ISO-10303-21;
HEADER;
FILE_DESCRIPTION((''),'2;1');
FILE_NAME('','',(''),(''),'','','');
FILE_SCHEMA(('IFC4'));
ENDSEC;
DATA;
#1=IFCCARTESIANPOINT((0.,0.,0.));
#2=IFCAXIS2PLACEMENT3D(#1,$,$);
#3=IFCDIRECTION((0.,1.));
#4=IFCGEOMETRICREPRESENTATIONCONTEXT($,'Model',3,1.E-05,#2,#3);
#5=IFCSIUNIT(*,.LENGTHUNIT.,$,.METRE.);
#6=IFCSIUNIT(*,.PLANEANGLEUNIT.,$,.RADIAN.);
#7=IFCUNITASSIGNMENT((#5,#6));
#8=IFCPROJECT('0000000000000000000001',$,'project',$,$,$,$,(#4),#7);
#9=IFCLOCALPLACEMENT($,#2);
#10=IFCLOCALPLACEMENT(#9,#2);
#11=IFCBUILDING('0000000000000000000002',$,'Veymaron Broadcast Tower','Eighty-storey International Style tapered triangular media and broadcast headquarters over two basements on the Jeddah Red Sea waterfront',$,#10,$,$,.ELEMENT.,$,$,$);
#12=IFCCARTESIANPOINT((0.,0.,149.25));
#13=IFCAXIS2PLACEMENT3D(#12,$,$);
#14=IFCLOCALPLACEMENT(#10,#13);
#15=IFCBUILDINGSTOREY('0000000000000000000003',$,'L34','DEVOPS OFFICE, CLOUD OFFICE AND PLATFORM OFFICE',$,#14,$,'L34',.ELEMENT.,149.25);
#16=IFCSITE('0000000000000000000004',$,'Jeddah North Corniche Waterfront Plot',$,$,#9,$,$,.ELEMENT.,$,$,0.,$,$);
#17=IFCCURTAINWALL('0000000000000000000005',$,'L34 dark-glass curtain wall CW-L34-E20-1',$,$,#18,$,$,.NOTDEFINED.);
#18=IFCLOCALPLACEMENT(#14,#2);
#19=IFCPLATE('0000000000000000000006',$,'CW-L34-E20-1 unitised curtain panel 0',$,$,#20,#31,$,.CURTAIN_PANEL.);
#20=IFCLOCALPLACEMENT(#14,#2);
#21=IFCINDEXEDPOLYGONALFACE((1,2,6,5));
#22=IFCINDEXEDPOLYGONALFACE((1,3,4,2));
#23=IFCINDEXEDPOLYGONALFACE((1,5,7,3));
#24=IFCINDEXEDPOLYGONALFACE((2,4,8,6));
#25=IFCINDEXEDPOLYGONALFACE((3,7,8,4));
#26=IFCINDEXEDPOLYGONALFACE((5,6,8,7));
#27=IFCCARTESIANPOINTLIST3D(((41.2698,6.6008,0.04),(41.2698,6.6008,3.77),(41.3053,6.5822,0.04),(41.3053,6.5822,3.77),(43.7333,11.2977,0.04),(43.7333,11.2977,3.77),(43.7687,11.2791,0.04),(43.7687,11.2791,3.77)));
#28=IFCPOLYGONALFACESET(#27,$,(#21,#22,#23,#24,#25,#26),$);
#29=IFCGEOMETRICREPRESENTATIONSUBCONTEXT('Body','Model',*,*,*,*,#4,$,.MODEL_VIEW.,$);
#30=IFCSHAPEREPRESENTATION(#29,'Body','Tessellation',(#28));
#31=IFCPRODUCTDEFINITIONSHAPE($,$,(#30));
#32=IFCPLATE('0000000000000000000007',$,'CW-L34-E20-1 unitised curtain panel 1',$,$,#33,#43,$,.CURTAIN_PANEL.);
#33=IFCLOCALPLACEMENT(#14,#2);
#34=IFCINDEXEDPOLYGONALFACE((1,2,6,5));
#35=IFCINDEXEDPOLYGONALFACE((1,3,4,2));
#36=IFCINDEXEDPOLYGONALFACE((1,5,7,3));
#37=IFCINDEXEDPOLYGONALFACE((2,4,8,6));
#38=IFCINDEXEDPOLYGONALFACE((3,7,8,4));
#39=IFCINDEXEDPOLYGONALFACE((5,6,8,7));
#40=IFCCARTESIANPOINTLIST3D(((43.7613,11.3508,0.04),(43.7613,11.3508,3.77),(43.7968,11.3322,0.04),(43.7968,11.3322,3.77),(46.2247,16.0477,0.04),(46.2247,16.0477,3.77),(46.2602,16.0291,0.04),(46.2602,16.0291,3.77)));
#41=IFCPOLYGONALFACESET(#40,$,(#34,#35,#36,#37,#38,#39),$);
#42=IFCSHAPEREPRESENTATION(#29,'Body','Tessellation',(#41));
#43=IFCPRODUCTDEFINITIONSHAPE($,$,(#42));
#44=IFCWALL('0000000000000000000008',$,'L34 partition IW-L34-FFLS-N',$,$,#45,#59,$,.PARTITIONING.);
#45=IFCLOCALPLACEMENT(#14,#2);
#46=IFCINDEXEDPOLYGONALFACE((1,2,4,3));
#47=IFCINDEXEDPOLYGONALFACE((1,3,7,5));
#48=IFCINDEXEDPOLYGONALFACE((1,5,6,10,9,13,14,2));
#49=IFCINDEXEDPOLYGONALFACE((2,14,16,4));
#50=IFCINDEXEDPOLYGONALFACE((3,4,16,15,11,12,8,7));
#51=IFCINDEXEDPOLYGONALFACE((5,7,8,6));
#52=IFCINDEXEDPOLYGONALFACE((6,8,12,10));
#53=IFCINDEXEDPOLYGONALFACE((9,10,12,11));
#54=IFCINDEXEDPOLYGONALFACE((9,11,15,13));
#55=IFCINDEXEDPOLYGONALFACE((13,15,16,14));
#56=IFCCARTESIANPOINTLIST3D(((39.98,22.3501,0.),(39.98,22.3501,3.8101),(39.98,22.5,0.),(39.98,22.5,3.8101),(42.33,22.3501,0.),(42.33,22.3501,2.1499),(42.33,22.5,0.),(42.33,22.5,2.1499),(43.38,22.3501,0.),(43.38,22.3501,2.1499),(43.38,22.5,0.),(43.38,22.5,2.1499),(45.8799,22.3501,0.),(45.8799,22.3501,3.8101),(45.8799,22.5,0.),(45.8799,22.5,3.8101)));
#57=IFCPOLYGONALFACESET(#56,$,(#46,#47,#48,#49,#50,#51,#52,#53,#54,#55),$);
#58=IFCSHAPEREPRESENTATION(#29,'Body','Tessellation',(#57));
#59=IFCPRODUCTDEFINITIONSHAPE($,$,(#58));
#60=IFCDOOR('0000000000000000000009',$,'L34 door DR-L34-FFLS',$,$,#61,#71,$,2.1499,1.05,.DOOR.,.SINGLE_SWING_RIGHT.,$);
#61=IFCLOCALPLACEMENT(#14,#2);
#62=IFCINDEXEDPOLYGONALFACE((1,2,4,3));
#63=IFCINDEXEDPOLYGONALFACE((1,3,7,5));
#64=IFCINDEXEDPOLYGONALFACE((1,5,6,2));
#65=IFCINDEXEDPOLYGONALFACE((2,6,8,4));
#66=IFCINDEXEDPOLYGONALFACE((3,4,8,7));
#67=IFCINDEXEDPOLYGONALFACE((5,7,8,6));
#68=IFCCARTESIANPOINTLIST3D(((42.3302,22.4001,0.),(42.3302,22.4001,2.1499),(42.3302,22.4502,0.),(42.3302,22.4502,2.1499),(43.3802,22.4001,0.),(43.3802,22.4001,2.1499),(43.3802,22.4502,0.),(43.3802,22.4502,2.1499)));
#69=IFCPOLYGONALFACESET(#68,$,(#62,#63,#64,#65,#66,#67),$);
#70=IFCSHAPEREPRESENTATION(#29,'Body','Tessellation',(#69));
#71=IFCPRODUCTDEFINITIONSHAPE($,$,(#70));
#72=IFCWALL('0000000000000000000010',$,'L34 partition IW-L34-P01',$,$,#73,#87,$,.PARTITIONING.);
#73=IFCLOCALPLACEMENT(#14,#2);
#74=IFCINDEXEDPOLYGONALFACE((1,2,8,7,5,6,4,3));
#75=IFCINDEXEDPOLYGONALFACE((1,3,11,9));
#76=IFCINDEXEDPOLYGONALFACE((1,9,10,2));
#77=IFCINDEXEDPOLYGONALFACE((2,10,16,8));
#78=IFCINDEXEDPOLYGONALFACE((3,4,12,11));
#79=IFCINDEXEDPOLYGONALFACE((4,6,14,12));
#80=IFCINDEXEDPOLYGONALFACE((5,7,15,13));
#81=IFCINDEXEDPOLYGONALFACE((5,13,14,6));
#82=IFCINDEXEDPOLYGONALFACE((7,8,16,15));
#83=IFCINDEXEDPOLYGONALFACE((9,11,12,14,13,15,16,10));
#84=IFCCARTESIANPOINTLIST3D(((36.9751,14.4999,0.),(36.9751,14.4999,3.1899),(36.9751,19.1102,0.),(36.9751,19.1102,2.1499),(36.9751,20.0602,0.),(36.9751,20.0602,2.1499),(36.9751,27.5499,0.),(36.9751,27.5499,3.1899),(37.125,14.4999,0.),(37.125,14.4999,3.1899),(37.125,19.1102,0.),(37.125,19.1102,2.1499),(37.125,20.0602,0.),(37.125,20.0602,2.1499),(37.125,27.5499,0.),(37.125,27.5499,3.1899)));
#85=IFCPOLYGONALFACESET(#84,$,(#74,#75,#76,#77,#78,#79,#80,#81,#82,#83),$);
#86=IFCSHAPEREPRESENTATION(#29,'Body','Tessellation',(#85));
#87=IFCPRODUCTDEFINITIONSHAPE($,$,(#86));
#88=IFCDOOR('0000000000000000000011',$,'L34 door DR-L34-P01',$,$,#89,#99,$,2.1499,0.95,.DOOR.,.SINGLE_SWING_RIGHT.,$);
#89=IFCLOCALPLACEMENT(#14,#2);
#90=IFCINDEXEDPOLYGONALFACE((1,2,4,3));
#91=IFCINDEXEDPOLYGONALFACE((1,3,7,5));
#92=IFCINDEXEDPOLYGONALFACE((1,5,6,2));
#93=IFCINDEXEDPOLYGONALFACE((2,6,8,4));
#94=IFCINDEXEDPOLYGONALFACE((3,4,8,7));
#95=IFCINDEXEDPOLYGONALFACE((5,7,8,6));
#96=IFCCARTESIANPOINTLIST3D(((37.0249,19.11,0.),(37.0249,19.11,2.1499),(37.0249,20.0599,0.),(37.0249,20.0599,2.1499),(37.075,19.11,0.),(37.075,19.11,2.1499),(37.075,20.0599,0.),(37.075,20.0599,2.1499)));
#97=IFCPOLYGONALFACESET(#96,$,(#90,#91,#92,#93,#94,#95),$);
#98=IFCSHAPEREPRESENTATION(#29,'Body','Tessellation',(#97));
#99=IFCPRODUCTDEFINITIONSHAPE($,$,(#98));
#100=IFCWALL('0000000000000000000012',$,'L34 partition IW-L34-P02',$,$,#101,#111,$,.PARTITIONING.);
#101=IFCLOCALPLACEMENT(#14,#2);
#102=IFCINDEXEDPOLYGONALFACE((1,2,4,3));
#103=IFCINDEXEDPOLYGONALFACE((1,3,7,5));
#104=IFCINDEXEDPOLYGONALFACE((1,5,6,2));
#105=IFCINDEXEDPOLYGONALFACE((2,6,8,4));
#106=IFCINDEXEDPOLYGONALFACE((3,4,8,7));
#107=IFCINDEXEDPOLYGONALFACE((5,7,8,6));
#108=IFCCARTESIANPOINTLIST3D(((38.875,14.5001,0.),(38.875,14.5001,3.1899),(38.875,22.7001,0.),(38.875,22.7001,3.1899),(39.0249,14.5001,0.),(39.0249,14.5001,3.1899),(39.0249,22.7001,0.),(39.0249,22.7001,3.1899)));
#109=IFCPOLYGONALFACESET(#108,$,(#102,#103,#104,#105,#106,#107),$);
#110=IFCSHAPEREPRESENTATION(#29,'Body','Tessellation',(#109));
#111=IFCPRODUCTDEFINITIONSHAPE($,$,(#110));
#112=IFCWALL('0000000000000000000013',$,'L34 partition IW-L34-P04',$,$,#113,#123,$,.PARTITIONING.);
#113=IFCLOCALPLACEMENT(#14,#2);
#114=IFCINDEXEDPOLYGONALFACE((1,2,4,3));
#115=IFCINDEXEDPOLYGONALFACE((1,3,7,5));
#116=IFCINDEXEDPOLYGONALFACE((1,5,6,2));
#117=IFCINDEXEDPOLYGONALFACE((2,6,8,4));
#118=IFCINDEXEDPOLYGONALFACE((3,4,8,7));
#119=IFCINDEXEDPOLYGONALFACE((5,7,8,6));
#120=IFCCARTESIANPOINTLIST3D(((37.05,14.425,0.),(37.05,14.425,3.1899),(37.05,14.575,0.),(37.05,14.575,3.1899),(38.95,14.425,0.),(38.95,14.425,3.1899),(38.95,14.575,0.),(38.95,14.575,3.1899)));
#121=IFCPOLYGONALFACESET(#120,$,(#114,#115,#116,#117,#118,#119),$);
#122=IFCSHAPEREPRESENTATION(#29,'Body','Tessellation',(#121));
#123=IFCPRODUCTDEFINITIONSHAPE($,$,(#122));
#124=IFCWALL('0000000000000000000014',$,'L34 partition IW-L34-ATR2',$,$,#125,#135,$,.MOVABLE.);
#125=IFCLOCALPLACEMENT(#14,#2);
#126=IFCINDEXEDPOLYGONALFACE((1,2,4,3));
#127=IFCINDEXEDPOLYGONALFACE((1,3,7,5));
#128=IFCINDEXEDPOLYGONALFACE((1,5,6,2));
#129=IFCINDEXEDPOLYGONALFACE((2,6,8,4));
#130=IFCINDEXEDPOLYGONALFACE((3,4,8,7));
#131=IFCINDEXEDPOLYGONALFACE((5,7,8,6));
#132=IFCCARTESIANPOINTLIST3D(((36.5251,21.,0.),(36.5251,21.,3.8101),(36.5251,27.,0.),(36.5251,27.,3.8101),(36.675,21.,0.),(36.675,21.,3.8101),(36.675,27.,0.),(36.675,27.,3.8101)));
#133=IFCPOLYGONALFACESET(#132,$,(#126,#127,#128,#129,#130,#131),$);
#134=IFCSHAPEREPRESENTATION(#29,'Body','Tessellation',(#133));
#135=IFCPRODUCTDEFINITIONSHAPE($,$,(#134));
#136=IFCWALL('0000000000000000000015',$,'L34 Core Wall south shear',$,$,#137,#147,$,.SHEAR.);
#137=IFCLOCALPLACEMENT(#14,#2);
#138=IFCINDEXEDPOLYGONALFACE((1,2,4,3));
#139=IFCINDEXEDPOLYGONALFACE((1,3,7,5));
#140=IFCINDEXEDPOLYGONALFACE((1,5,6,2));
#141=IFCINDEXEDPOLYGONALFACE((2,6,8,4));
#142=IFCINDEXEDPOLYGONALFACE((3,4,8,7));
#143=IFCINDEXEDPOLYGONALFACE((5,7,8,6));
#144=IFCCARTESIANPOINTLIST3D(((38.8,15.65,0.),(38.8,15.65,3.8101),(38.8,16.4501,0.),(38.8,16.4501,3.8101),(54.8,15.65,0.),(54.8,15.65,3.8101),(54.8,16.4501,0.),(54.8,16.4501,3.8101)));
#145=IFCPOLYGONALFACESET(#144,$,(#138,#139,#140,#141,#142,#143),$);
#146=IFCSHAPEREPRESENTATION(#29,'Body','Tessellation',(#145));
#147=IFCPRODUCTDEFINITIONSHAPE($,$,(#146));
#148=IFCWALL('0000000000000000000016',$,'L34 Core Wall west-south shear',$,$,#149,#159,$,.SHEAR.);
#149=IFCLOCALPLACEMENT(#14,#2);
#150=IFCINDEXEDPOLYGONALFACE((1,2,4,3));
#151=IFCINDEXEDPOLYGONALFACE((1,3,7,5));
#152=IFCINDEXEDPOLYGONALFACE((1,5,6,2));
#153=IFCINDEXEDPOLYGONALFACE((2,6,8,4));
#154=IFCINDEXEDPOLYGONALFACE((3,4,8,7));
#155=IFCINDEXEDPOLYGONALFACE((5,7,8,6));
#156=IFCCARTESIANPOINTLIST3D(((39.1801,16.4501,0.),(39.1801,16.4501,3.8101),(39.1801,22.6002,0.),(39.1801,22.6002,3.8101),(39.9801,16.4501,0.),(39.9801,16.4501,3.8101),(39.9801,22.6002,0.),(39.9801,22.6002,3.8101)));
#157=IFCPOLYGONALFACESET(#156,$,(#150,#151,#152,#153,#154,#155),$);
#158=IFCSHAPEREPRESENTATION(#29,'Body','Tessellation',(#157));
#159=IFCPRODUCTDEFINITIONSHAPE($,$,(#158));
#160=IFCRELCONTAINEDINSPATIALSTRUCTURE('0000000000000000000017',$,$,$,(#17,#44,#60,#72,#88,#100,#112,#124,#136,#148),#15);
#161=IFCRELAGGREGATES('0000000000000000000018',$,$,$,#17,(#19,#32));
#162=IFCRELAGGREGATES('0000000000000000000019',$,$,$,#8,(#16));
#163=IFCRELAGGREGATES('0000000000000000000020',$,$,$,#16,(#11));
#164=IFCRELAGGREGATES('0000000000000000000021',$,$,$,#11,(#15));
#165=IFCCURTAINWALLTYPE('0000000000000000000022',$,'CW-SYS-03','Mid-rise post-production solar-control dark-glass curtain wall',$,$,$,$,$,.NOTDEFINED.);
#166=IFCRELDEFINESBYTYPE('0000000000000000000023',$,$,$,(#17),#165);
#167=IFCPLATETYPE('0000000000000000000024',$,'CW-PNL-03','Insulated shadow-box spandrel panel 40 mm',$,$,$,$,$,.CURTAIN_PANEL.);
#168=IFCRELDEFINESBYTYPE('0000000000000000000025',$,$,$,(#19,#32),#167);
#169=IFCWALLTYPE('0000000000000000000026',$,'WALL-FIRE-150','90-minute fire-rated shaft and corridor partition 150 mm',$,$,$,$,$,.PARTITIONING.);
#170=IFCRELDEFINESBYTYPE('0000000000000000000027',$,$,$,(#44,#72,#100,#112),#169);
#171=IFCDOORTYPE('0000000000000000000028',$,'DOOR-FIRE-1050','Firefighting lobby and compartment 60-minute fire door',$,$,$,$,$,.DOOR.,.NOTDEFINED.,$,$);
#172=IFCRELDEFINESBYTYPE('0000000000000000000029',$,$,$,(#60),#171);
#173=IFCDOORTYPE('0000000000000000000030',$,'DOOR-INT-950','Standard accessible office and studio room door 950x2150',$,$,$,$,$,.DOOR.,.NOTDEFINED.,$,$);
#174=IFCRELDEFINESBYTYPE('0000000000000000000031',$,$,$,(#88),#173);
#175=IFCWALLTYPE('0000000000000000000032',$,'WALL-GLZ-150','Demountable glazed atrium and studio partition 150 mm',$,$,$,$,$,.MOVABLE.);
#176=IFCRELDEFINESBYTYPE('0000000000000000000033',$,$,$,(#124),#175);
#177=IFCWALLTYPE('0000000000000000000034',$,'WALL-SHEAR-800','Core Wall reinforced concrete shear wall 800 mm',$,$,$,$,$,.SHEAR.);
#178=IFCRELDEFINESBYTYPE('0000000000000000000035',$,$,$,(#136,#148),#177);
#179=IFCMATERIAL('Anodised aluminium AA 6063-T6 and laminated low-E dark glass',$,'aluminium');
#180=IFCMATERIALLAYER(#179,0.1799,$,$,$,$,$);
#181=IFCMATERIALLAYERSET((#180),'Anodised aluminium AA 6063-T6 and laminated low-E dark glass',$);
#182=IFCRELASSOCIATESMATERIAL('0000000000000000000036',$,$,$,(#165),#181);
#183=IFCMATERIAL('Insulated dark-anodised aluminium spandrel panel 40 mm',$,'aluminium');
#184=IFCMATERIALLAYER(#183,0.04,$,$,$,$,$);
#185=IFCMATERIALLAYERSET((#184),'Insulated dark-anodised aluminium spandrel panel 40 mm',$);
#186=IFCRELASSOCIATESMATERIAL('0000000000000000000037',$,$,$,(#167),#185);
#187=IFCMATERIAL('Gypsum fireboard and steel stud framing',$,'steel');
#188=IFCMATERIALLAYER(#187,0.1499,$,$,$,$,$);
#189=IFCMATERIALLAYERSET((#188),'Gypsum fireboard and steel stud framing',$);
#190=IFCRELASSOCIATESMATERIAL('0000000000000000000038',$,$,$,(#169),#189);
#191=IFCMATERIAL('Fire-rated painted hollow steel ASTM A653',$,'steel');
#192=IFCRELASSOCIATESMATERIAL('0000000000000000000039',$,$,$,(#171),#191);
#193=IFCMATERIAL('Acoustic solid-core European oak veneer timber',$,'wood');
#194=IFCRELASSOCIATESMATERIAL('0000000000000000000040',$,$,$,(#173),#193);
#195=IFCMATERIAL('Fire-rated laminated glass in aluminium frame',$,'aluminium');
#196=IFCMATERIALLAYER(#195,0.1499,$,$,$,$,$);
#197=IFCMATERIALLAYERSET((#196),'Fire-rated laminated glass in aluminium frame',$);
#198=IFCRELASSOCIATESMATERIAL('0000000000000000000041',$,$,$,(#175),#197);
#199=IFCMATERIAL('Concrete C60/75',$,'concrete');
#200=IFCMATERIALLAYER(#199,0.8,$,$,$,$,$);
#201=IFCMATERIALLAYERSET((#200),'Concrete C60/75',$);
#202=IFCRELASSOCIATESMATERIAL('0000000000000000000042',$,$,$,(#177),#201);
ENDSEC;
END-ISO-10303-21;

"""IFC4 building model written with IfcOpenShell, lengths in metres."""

from ifc_helpers import new_model, si_unit, direction, frame, frame_2d, origin, origin_2d, place, context, subcontext, project, spatial, rectangle, extrude, material, layer, layer_set, type_object, element, fill, aggregate, save


model = new_model("IFC4")

# Units and contexts
model_context = context("Model", 3, precision=1e-05, world=origin(), true_north=direction((0.0, 1.0)))
body_context = subcontext(model_context, "Body", "Model", "MODEL_VIEW")
ifc_project = project(units=[si_unit("LENGTHUNIT", "METRE"), si_unit("PLANEANGLEUNIT", "RADIAN")], contexts=[model_context])

# Site, building, storey
site_placement = place(None, origin())
site = spatial("IfcSite", under=ifc_project, at=site_placement, Name="Jeddah North Corniche Waterfront Plot", CompositionType="ELEMENT", RefElevation=0.0)
building_placement = place(site_placement, origin())
building = spatial("IfcBuilding", under=site, at=building_placement, Name="Veymaron Broadcast Tower", Description="Eighty-storey International Style tapered triangular media and broadcast headquarters over two basements on the Jeddah Red Sea waterfront", CompositionType="ELEMENT")
storey_placement = place(building_placement, frame((0.0, 0.0, 149.25)))
storey = spatial("IfcBuildingStorey", under=building, at=storey_placement, Name="L34", Description="DEVOPS OFFICE, CLOUD OFFICE AND PLATFORM OFFICE", LongName="L34", CompositionType="ELEMENT", Elevation=149.25)

# Curtain wall, plates
ifc_material_1 = material(Name="Anodised aluminium AA 6063-T6 and laminated low-E dark glass", Category="aluminium")
ifc_layer_1 = layer(ifc_material_1, 0.1799)
ifc_layer_set_1 = layer_set([ifc_layer_1], Name="Anodised aluminium AA 6063-T6 and laminated low-E dark glass")
curtain_wall_type = type_object("IfcCurtainWallType", Name="CW-SYS-03", Description="Mid-rise post-production solar-control dark-glass curtain wall", PredefinedType="NOTDEFINED", material=ifc_layer_set_1)
curtain_wall_placement = place(storey_placement, origin())
curtain_wall = element("IfcCurtainWall", 1, at=curtain_wall_placement, inside=storey, type_object=curtain_wall_type, Name="L34 dark-glass curtain wall CW-L34-E20-1", PredefinedType="NOTDEFINED")
ifc_material_2 = material(Name="Insulated dark-anodised aluminium spandrel panel 40 mm", Category="aluminium")
ifc_layer_2 = layer(ifc_material_2, 0.04)
ifc_layer_set_2 = layer_set([ifc_layer_2], Name="Insulated dark-anodised aluminium spandrel panel 40 mm")
plate_type = type_object("IfcPlateType", Name="CW-PNL-03", Description="Insulated shadow-box spandrel panel 40 mm", PredefinedType="CURTAIN_PANEL", material=ifc_layer_set_2)
plate_1_placement = place(storey_placement, frame((42.5193, 8.9399, 0.04), z_axis=(0.0, 0.0, 1.0), x_axis=(0.464471, 0.885588, 0.0)))
plate_1 = element("IfcPlate", 2, at=plate_1_placement, type_object=plate_type, Name="CW-L34-E20-1 unitised curtain panel 0", PredefinedType="CURTAIN_PANEL", context=body_context, shape_type="SweptSolid", body=[
    extrude(rectangle(XDim=5.3037, YDim=0.04, at=origin_2d()), origin(), (0.0, 0.0, 1.0), 3.73),
])
plate_2_placement = place(storey_placement, frame((45.0107, 13.6899, 0.04), z_axis=(0.0, 0.0, 1.0), x_axis=(0.464471, 0.885588, 0.0)))
plate_2 = element("IfcPlate", 3, at=plate_2_placement, type_object=plate_type, Name="CW-L34-E20-1 unitised curtain panel 1", PredefinedType="CURTAIN_PANEL", context=body_context, shape_type="SweptSolid", body=[
    extrude(rectangle(XDim=5.3037, YDim=0.04, at=origin_2d()), origin(), (0.0, 0.0, 1.0), 3.73),
])
aggregate(curtain_wall, [plate_1, plate_2])

# Walls, openings, doors
ifc_material_3 = material(Name="Gypsum fireboard and steel stud framing", Category="steel")
ifc_layer_3 = layer(ifc_material_3, 0.1499)
ifc_layer_set_3 = layer_set([ifc_layer_3], Name="Gypsum fireboard and steel stud framing")
wall_type_1 = type_object("IfcWallType", Name="WALL-FIRE-150", Description="90-minute fire-rated shaft and corridor partition 150 mm", PredefinedType="PARTITIONING", material=ifc_layer_set_3)
wall_1_placement = place(storey_placement, frame((39.98, 22.425, 0.0), z_axis=(0.0, 0.0, 1.0), x_axis=(1.0, 0.0, 0.0)))
wall_1 = element("IfcWall", 4, at=wall_1_placement, inside=storey, type_object=wall_type_1, Name="L34 partition IW-L34-FFLS-N", PredefinedType="PARTITIONING", context=body_context, shape_type="SweptSolid", body=[
    extrude(rectangle(XDim=5.8999, YDim=0.1499, at=frame_2d((2.95, 0.0))), origin(), (0.0, 0.0, 1.0), 3.8101),
])
opening_1_placement = place(wall_1_placement, frame((2.3501, 0.0, 0.0)))
opening_1 = element("IfcOpeningElement", 5, at=opening_1_placement, cuts=wall_1, PredefinedType="OPENING", context=body_context, shape_type="SweptSolid", body=[
    extrude(rectangle(XDim=1.05, YDim=2.1499, at=frame_2d((0.5249, 1.075))), frame((0.0, 0.085, 0.0), z_axis=(0.0, -1.0, 0.0), x_axis=(1.0, 0.0, 0.0)), (0.0, 0.0, 1.0), 0.1699),
])
ifc_material_4 = material(Name="Fire-rated painted hollow steel ASTM A653", Category="steel")
door_type_1 = type_object("IfcDoorType", Name="DOOR-FIRE-1050", Description="Firefighting lobby and compartment 60-minute fire door", OperationType="NOTDEFINED", PredefinedType="DOOR", material=ifc_material_4)
door_1_placement = place(opening_1_placement, frame((1.05, 0.0, 0.0), z_axis=(0.0, 0.0, 1.0), x_axis=(-1.0, 0.0, 0.0)))
door_1 = element("IfcDoor", 6, at=door_1_placement, inside=storey, type_object=door_type_1, Name="L34 door DR-L34-FFLS", OperationType="SINGLE_SWING_RIGHT", OverallHeight=2.1499, OverallWidth=1.05, PredefinedType="DOOR", context=body_context, shape_type="SweptSolid", body=[
    extrude(rectangle(XDim=1.05, YDim=2.1499, at=frame_2d((0.5249, 1.075))), frame((0.0, 0.0249, 0.0), z_axis=(0.0, -1.0, 0.0), x_axis=(1.0, 0.0, 0.0)), (0.0, 0.0, 1.0), 0.05),
])
fill(opening_1, door_1)
wall_2_placement = place(storey_placement, frame((37.05, 14.5, 0.0), z_axis=(0.0, 0.0, 1.0), x_axis=(0.0, 1.0, 0.0)))
wall_2 = element("IfcWall", 7, at=wall_2_placement, inside=storey, type_object=wall_type_1, Name="L34 partition IW-L34-P01", PredefinedType="PARTITIONING", context=body_context, shape_type="SweptSolid", body=[
    extrude(rectangle(XDim=13.05, YDim=0.1499, at=frame_2d((6.5249, 0.0))), origin(), (0.0, 0.0, 1.0), 3.1899),
])
opening_2_placement = place(wall_2_placement, frame((4.6101, 0.0, 0.0)))
opening_2 = element("IfcOpeningElement", 8, at=opening_2_placement, cuts=wall_2, PredefinedType="OPENING", context=body_context, shape_type="SweptSolid", body=[
    extrude(rectangle(XDim=0.95, YDim=2.1499, at=frame_2d((0.4751, 1.075))), frame((0.0, 0.085, 0.0), z_axis=(0.0, -1.0, 0.0), x_axis=(1.0, 0.0, 0.0)), (0.0, 0.0, 1.0), 0.1699),
])
ifc_material_5 = material(Name="Acoustic solid-core European oak veneer timber", Category="wood")
door_type_2 = type_object("IfcDoorType", Name="DOOR-INT-950", Description="Standard accessible office and studio room door 950x2150", OperationType="NOTDEFINED", PredefinedType="DOOR", material=ifc_material_5)
door_2_placement = place(opening_2_placement, frame((0.95, 0.0, 0.0), z_axis=(0.0, 0.0, 1.0), x_axis=(-1.0, 0.0, 0.0)))
door_2 = element("IfcDoor", 9, at=door_2_placement, inside=storey, type_object=door_type_2, Name="L34 door DR-L34-P01", OperationType="SINGLE_SWING_RIGHT", OverallHeight=2.1499, OverallWidth=0.95, PredefinedType="DOOR", context=body_context, shape_type="SweptSolid", body=[
    extrude(rectangle(XDim=0.95, YDim=2.1499, at=frame_2d((0.4751, 1.075))), frame((0.0, 0.0249, 0.0), z_axis=(0.0, -1.0, 0.0), x_axis=(1.0, 0.0, 0.0)), (0.0, 0.0, 1.0), 0.05),
])
fill(opening_2, door_2)

# Walls
wall_3_placement = place(storey_placement, frame((38.95, 14.5, 0.0), z_axis=(0.0, 0.0, 1.0), x_axis=(0.0, 1.0, 0.0)))
element("IfcWall", 10, at=wall_3_placement, inside=storey, type_object=wall_type_1, Name="L34 partition IW-L34-P02", PredefinedType="PARTITIONING", context=body_context, shape_type="SweptSolid", body=[
    extrude(rectangle(XDim=8.2, YDim=0.1499, at=frame_2d((4.1001, 0.0))), origin(), (0.0, 0.0, 1.0), 3.1899),
])
wall_4_placement = place(storey_placement, frame((37.05, 14.5, 0.0), z_axis=(0.0, 0.0, 1.0), x_axis=(1.0, 0.0, 0.0)))
element("IfcWall", 11, at=wall_4_placement, inside=storey, type_object=wall_type_1, Name="L34 partition IW-L34-P04", PredefinedType="PARTITIONING", context=body_context, shape_type="SweptSolid", body=[
    extrude(rectangle(XDim=1.8999, YDim=0.1499, at=frame_2d((0.95, 0.0))), origin(), (0.0, 0.0, 1.0), 3.1899),
])
ifc_material_6 = material(Name="Fire-rated laminated glass in aluminium frame", Category="aluminium")
ifc_layer_4 = layer(ifc_material_6, 0.1499)
ifc_layer_set_4 = layer_set([ifc_layer_4], Name="Fire-rated laminated glass in aluminium frame")
wall_type_2 = type_object("IfcWallType", Name="WALL-GLZ-150", Description="Demountable glazed atrium and studio partition 150 mm", PredefinedType="MOVABLE", material=ifc_layer_set_4)
wall_5_placement = place(storey_placement, frame((36.6001, 21.0, 0.0), z_axis=(0.0, 0.0, 1.0), x_axis=(0.0, 1.0, 0.0)))
element("IfcWall", 12, at=wall_5_placement, inside=storey, type_object=wall_type_2, Name="L34 partition IW-L34-ATR2", PredefinedType="MOVABLE", context=body_context, shape_type="SweptSolid", body=[
    extrude(rectangle(XDim=6.0, YDim=0.1499, at=frame_2d((3.0, 0.0))), origin(), (0.0, 0.0, 1.0), 3.8101),
])

# Walls
ifc_material_7 = material(Name="Concrete C60/75", Category="concrete")
ifc_layer_5 = layer(ifc_material_7, 0.8)
ifc_layer_set_5 = layer_set([ifc_layer_5], Name="Concrete C60/75")
wall_type_3 = type_object("IfcWallType", Name="WALL-SHEAR-800", Description="Core Wall reinforced concrete shear wall 800 mm", PredefinedType="SHEAR", material=ifc_layer_set_5)
wall_6_placement = place(storey_placement, frame((38.8, 16.05, 0.0), z_axis=(0.0, 0.0, 1.0), x_axis=(1.0, 0.0, 0.0)))
element("IfcWall", 13, at=wall_6_placement, inside=storey, type_object=wall_type_3, Name="L34 Core Wall south shear", PredefinedType="SHEAR", context=body_context, shape_type="SweptSolid", body=[
    extrude(rectangle(XDim=16.0, YDim=0.8, at=frame_2d((8.0, 0.0))), origin(), (0.0, 0.0, 1.0), 3.8101),
])
wall_7_placement = place(storey_placement, frame((39.5801, 16.45, 0.0), z_axis=(0.0, 0.0, 1.0), x_axis=(0.0, 1.0, 0.0)))
element("IfcWall", 14, at=wall_7_placement, inside=storey, type_object=wall_type_3, Name="L34 Core Wall west-south shear", PredefinedType="SHEAR", context=body_context, shape_type="SweptSolid", body=[
    extrude(rectangle(XDim=6.1501, YDim=0.8, at=frame_2d((3.0752, 0.0))), origin(), (0.0, 0.0, 1.0), 3.8101),
])

save(model, "model.ifc")
